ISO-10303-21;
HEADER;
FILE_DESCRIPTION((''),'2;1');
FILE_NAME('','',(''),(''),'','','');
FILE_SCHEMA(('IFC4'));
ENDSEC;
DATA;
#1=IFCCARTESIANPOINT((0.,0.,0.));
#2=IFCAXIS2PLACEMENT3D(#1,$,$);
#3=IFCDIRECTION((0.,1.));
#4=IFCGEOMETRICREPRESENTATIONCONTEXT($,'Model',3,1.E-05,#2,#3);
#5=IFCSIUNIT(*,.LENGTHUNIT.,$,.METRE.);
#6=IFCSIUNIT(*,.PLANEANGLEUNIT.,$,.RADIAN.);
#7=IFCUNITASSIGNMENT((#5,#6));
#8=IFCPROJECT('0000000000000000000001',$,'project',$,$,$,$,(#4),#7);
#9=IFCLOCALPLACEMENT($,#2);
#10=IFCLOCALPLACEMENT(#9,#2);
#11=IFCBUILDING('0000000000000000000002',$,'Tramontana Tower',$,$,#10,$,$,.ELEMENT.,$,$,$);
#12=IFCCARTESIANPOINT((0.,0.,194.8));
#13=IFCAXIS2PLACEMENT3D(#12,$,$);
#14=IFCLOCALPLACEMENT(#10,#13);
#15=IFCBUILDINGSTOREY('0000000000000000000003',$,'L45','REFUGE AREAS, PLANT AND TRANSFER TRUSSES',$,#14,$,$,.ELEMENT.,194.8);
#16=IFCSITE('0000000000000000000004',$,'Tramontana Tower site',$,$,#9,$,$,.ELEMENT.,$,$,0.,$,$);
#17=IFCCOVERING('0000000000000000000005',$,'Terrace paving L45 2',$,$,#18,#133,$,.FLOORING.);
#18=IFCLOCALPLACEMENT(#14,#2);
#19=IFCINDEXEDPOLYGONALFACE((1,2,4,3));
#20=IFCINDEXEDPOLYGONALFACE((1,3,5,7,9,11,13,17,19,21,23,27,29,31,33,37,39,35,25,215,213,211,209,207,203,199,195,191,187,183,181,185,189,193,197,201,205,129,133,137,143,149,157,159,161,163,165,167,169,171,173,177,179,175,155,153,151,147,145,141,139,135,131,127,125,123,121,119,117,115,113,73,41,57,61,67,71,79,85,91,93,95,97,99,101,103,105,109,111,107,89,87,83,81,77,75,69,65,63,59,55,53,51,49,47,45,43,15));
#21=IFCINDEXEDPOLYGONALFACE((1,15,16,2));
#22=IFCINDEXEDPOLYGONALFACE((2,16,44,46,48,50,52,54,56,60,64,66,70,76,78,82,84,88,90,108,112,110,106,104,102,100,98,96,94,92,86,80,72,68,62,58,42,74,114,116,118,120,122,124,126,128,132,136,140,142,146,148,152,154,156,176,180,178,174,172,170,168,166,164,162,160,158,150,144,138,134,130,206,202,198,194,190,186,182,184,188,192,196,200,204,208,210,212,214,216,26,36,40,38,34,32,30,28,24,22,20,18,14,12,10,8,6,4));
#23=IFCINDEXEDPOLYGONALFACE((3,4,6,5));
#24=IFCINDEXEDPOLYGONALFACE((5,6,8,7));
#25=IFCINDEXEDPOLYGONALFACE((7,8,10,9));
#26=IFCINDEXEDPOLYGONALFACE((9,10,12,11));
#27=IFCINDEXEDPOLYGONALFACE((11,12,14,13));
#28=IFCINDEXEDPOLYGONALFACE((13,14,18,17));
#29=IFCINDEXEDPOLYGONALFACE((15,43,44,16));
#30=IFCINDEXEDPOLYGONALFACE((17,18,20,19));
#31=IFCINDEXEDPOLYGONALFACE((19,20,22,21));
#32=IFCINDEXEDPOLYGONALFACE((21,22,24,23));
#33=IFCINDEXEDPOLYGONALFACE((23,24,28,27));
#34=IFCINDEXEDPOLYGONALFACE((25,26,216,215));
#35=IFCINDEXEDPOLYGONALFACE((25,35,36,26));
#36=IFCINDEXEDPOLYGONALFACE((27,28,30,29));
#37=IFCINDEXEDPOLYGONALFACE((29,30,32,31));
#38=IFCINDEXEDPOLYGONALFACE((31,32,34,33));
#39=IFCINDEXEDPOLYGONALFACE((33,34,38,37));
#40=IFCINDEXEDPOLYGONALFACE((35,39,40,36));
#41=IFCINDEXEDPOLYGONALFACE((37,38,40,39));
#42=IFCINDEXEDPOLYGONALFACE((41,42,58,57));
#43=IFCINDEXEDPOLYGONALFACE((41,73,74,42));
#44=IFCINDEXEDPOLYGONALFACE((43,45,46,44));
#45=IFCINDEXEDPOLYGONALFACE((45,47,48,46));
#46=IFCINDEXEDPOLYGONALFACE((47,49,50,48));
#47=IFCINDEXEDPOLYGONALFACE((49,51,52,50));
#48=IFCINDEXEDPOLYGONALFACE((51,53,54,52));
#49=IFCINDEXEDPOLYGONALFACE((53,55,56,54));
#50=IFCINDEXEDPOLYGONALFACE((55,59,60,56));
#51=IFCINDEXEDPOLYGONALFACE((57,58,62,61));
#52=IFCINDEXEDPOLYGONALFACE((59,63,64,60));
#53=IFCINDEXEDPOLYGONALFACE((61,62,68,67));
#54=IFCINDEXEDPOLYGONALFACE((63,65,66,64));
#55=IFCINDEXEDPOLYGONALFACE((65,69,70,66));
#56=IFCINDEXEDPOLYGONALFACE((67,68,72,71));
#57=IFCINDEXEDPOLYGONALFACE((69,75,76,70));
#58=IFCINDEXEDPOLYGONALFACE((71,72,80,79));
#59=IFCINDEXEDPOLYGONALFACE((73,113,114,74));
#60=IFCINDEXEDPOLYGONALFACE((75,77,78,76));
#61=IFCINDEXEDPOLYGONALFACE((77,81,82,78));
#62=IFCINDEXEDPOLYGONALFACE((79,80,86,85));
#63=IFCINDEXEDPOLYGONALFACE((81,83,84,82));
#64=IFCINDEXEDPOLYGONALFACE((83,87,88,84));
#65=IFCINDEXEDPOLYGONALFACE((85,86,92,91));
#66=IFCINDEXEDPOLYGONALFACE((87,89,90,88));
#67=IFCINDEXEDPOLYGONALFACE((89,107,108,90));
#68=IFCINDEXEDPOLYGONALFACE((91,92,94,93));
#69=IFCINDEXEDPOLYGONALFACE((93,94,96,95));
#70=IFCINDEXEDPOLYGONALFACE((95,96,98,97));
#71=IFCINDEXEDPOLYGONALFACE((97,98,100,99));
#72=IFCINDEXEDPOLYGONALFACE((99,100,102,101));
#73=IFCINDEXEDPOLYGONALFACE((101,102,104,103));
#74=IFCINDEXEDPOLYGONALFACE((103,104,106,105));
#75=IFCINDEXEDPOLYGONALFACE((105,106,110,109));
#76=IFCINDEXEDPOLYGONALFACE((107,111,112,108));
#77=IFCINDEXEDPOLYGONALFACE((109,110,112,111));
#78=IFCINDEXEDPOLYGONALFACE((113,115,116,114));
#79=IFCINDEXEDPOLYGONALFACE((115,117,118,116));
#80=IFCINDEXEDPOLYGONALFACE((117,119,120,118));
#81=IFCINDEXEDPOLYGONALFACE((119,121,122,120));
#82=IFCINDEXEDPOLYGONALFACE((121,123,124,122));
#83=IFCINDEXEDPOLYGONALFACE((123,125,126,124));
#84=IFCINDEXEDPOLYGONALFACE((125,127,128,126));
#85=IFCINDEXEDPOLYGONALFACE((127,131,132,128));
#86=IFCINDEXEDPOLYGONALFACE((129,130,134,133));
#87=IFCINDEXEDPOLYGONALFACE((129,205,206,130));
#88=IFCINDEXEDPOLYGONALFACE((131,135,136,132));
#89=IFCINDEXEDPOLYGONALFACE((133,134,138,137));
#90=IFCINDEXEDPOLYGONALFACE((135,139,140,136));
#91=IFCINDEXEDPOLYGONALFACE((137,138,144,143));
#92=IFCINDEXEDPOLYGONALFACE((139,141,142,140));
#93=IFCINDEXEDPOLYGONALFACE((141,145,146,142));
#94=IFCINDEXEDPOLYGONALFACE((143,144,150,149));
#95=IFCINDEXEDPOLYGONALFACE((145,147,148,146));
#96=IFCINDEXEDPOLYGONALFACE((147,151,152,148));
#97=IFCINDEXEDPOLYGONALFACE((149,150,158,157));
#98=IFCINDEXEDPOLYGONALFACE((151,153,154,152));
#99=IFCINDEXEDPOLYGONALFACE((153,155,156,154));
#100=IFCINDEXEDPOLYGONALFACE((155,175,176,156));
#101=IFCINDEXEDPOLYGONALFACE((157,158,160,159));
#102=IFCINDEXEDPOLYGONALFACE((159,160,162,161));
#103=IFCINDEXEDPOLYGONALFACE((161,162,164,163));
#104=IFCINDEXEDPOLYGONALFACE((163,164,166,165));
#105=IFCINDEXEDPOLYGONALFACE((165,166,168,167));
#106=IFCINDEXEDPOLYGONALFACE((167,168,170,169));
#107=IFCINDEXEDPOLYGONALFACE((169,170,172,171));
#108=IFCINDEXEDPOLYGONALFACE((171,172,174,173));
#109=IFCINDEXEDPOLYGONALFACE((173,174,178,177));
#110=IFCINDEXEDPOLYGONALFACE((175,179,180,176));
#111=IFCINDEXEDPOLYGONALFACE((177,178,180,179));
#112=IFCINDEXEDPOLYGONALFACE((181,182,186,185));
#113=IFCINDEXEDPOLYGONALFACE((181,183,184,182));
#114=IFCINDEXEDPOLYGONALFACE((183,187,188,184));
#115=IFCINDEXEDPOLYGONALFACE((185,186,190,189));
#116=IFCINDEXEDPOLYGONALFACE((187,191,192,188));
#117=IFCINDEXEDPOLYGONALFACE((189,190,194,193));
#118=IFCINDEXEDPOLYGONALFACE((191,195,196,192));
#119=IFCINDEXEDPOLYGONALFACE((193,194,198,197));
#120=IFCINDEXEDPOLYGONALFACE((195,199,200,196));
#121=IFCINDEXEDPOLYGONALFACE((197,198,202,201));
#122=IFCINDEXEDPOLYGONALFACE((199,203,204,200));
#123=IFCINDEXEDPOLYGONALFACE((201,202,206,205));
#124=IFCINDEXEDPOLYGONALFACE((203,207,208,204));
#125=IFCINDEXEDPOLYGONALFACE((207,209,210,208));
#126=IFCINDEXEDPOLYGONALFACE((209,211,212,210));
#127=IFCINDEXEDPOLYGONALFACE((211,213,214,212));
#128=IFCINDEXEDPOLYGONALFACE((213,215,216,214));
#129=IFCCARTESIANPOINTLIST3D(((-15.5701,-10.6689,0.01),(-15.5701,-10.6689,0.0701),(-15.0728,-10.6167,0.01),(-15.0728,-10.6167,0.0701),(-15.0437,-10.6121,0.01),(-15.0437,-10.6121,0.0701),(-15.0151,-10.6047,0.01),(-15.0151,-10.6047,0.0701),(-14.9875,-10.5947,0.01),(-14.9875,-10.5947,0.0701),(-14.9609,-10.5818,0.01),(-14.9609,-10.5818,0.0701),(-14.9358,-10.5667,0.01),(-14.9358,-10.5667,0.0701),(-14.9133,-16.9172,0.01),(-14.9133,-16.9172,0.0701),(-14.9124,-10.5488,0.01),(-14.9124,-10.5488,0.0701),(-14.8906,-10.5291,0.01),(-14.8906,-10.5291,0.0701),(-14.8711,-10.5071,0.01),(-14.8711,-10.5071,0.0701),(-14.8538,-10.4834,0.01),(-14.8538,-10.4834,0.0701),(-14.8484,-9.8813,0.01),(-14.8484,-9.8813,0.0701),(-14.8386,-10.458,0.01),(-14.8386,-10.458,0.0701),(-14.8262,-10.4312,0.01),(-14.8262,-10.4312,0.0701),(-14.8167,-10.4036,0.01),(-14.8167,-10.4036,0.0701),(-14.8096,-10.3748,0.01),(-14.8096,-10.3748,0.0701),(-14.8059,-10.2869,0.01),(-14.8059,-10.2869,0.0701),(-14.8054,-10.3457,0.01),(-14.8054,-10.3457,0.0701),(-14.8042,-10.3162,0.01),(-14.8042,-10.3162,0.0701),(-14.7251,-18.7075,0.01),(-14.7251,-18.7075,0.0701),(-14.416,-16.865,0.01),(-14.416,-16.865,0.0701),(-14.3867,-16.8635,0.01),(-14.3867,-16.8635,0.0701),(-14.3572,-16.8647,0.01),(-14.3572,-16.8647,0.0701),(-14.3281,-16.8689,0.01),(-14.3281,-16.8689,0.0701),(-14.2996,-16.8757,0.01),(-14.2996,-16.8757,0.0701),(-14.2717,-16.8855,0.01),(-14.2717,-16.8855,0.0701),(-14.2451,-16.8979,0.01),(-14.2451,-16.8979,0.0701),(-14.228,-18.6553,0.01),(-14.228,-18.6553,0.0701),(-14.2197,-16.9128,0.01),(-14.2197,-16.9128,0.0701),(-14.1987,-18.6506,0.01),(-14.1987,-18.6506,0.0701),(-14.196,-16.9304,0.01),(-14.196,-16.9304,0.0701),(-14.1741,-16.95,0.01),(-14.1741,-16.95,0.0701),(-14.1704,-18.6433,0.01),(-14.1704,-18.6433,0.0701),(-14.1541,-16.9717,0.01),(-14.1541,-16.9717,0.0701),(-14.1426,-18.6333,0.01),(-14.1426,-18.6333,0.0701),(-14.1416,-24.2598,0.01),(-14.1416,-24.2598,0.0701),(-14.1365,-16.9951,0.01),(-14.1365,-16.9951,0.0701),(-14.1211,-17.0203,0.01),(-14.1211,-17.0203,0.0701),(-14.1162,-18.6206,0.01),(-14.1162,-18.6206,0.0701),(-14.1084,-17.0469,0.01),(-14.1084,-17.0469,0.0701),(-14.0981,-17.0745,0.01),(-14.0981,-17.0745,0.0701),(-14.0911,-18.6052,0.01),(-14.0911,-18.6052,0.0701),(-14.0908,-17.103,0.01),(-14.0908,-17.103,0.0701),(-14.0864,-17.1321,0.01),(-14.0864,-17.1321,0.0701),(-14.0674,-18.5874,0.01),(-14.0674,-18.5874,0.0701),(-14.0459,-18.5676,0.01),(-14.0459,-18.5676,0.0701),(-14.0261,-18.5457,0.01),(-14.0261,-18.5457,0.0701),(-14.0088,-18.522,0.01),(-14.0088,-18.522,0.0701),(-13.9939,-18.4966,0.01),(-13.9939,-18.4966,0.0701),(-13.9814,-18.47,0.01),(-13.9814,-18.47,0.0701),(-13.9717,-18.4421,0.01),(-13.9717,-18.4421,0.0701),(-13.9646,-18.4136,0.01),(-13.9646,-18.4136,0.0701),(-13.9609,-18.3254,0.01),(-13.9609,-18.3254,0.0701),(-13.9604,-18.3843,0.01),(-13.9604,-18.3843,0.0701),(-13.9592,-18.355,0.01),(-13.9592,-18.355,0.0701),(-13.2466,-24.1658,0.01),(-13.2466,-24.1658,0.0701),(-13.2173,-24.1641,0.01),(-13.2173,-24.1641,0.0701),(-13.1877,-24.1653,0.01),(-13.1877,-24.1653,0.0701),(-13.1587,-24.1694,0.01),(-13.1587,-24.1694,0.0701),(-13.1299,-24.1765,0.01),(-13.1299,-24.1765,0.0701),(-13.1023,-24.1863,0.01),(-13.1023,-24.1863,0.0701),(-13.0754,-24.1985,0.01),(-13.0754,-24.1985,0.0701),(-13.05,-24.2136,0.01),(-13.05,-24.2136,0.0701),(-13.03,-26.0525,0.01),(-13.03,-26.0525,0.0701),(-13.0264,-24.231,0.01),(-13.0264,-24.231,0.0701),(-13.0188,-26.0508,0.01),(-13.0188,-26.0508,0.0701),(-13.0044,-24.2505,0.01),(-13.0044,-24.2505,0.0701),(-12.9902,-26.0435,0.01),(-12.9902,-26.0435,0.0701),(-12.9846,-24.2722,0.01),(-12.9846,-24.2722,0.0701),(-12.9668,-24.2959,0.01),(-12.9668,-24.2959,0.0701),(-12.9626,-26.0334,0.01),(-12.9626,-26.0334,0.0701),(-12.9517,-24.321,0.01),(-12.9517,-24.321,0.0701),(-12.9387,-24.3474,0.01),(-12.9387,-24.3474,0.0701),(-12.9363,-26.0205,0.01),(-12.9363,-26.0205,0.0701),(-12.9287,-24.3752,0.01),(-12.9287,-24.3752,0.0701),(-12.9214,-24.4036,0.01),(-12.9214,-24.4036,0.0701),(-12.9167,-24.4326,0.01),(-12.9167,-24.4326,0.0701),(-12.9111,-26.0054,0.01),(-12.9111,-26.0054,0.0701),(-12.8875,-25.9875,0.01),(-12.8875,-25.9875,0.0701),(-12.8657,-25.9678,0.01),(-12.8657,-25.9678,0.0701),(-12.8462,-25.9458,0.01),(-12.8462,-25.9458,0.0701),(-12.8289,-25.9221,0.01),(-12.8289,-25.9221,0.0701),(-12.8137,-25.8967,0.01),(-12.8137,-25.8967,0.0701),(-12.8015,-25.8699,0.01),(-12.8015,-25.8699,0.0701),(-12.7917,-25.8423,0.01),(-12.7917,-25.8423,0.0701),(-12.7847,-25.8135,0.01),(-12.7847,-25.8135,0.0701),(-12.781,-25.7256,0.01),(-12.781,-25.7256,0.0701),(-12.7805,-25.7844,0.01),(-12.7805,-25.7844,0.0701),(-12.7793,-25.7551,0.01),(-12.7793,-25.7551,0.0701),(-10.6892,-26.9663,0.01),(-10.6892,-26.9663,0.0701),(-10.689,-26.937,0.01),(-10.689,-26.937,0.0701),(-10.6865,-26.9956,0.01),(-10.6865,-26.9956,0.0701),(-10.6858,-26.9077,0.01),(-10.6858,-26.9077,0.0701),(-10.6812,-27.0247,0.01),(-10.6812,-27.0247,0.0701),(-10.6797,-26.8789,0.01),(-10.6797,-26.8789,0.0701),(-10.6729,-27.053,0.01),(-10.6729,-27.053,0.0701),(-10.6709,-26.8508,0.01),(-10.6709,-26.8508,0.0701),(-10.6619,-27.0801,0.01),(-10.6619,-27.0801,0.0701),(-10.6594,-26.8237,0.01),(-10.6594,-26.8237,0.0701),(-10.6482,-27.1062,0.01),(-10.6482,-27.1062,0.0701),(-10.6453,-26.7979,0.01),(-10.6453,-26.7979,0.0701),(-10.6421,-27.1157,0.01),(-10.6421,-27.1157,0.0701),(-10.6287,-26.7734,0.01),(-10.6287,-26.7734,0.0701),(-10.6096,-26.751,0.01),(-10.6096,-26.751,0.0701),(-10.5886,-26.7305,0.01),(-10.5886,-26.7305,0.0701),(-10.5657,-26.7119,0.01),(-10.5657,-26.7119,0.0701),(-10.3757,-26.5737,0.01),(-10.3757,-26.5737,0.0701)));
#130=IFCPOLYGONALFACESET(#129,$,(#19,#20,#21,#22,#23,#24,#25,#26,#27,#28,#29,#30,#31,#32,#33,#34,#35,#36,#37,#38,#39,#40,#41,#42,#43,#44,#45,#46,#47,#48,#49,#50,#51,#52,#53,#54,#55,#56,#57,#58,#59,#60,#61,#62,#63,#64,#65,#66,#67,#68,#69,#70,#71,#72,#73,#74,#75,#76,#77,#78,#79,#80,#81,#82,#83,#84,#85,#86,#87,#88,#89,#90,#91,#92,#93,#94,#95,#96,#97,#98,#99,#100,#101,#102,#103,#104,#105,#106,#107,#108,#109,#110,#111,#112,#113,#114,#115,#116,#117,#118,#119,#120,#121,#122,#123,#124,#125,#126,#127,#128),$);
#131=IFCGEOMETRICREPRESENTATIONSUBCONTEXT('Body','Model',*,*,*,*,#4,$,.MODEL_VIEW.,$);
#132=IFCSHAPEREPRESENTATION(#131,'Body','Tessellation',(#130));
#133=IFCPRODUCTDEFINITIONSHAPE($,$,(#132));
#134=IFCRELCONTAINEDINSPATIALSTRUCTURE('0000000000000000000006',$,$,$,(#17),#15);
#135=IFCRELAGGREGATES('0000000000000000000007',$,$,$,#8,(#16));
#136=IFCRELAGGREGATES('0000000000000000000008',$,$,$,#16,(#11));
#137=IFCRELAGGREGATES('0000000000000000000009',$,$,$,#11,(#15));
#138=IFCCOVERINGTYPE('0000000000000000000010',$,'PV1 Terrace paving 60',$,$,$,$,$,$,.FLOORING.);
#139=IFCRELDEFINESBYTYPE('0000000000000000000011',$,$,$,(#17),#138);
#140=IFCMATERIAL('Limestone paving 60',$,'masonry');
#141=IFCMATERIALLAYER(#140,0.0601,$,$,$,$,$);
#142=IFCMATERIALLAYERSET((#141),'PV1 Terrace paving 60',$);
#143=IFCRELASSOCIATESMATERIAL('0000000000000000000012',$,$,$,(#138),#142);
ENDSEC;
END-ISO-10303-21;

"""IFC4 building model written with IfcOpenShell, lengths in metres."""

from ifc_helpers import new_model, si_unit, direction, frame, origin, place, context, subcontext, project, spatial, polyline, outline, extrude, material, layer, layer_set, type_object, element, save


model = new_model("IFC4")

# Units and contexts
model_context = context("Model", 3, precision=1e-05, world=origin(), true_north=direction((0.0, 1.0)))
body_context = subcontext(model_context, "Body", "Model", "MODEL_VIEW")
ifc_project = project(units=[si_unit("LENGTHUNIT", "METRE"), si_unit("PLANEANGLEUNIT", "RADIAN")], contexts=[model_context])

# Site, building, storey
site_placement = place(None, origin())
site = spatial("IfcSite", under=ifc_project, at=site_placement, Name="Tramontana Tower site", CompositionType="ELEMENT", RefElevation=0.0)
building_placement = place(site_placement, origin())
building = spatial("IfcBuilding", under=site, at=building_placement, Name="Tramontana Tower", CompositionType="ELEMENT")
storey_placement = place(building_placement, frame((0.0, 0.0, 194.8)))
storey = spatial("IfcBuildingStorey", under=building, at=storey_placement, Name="L45", Description="REFUGE AREAS, PLANT AND TRANSFER TRUSSES", CompositionType="ELEMENT", Elevation=194.8)

# Covering
ifc_material_1 = material(Name="Limestone paving 60", Category="masonry")
ifc_layer_1 = layer(ifc_material_1, 0.0601)
ifc_layer_set_1 = layer_set([ifc_layer_1], Name="PV1 Terrace paving 60")
covering_type_1 = type_object("IfcCoveringType", Name="PV1 Terrace paving 60", PredefinedType="FLOORING", material=ifc_layer_set_1)
covering_1_placement = place(storey_placement, frame((0.0, 0.0, 0.01)))
element("IfcCovering", 1, at=covering_1_placement, inside=storey, type_object=covering_type_1, Name="Terrace paving L45 2", PredefinedType="FLOORING", context=body_context, shape_type="SweptSolid", body=[
    extrude(outline(polyline([(-13.03, -26.0525), (-13.0188, -26.0508), (-12.9902, -26.0435), (-12.9626, -26.0334), (-12.9363, -26.0205), (-12.9111, -26.0054), (-12.8875, -25.9875), (-12.8657, -25.9678), (-12.8462, -25.9458), (-12.8289, -25.9221), (-12.8137, -25.8967), (-12.8015, -25.8699), (-12.7917, -25.8423), (-12.7847, -25.8135), (-12.7805, -25.7844), (-12.7793, -25.7551), (-12.781, -25.7256), (-12.9167, -24.4326), (-12.9214, -24.4036), (-12.9287, -24.3752), (-12.9387, -24.3474), (-12.9517, -24.321), (-12.9668, -24.2959), (-12.9846, -24.2722), (-13.0044, -24.2505), (-13.0264, -24.231), (-13.05, -24.2136), (-13.0754, -24.1985), (-13.1023, -24.1863), (-13.1299, -24.1765), (-13.1587, -24.1694), (-13.1877, -24.1653), (-13.2173, -24.1641), (-13.2466, -24.1658), (-14.1416, -24.2598), (-14.7251, -18.7075), (-14.228, -18.6553), (-14.1987, -18.6506), (-14.1704, -18.6433), (-14.1426, -18.6333), (-14.1162, -18.6206), (-14.0911, -18.6052), (-14.0674, -18.5874), (-14.0459, -18.5676), (-14.0261, -18.5457), (-14.0088, -18.522), (-13.9939, -18.4966), (-13.9814, -18.47), (-13.9717, -18.4421), (-13.9646, -18.4136), (-13.9604, -18.3843), (-13.9592, -18.355), (-13.9609, -18.3254), (-14.0864, -17.1321), (-14.0908, -17.103), (-14.0981, -17.0745), (-14.1084, -17.0469), (-14.1211, -17.0203), (-14.1365, -16.9951), (-14.1541, -16.9717), (-14.1741, -16.95), (-14.196, -16.9304), (-14.2197, -16.9128), (-14.2451, -16.8979), (-14.2717, -16.8855), (-14.2996, -16.8757), (-14.3281, -16.8689), (-14.3572, -16.8647), (-14.3867, -16.8635), (-14.416, -16.865), (-14.9133, -16.9172), (-15.5701, -10.6689), (-15.0728, -10.6167), (-15.0437, -10.6121), (-15.0151, -10.6047), (-14.9875, -10.5947), (-14.9609, -10.5818), (-14.9358, -10.5667), (-14.9124, -10.5488), (-14.8906, -10.5291), (-14.8711, -10.5071), (-14.8538, -10.4834), (-14.8386, -10.458), (-14.8262, -10.4312), (-14.8167, -10.4036), (-14.8096, -10.3748), (-14.8054, -10.3457), (-14.8042, -10.3162), (-14.8059, -10.2869), (-14.8484, -9.8813), (-10.3757, -26.5737), (-10.5657, -26.7119), (-10.5886, -26.7305), (-10.6096, -26.751), (-10.6287, -26.7734), (-10.6453, -26.7979), (-10.6594, -26.8237), (-10.6709, -26.8508), (-10.6797, -26.8789), (-10.6858, -26.9077), (-10.689, -26.937), (-10.6892, -26.9663), (-10.6865, -26.9956), (-10.6812, -27.0247), (-10.6729, -27.053), (-10.6619, -27.0801), (-10.6482, -27.1062), (-10.6421, -27.1157), (-13.03, -26.0525)])), origin(), (0.0, 0.0, 1.0), 0.0601),
])

save(model, "model.ifc")
